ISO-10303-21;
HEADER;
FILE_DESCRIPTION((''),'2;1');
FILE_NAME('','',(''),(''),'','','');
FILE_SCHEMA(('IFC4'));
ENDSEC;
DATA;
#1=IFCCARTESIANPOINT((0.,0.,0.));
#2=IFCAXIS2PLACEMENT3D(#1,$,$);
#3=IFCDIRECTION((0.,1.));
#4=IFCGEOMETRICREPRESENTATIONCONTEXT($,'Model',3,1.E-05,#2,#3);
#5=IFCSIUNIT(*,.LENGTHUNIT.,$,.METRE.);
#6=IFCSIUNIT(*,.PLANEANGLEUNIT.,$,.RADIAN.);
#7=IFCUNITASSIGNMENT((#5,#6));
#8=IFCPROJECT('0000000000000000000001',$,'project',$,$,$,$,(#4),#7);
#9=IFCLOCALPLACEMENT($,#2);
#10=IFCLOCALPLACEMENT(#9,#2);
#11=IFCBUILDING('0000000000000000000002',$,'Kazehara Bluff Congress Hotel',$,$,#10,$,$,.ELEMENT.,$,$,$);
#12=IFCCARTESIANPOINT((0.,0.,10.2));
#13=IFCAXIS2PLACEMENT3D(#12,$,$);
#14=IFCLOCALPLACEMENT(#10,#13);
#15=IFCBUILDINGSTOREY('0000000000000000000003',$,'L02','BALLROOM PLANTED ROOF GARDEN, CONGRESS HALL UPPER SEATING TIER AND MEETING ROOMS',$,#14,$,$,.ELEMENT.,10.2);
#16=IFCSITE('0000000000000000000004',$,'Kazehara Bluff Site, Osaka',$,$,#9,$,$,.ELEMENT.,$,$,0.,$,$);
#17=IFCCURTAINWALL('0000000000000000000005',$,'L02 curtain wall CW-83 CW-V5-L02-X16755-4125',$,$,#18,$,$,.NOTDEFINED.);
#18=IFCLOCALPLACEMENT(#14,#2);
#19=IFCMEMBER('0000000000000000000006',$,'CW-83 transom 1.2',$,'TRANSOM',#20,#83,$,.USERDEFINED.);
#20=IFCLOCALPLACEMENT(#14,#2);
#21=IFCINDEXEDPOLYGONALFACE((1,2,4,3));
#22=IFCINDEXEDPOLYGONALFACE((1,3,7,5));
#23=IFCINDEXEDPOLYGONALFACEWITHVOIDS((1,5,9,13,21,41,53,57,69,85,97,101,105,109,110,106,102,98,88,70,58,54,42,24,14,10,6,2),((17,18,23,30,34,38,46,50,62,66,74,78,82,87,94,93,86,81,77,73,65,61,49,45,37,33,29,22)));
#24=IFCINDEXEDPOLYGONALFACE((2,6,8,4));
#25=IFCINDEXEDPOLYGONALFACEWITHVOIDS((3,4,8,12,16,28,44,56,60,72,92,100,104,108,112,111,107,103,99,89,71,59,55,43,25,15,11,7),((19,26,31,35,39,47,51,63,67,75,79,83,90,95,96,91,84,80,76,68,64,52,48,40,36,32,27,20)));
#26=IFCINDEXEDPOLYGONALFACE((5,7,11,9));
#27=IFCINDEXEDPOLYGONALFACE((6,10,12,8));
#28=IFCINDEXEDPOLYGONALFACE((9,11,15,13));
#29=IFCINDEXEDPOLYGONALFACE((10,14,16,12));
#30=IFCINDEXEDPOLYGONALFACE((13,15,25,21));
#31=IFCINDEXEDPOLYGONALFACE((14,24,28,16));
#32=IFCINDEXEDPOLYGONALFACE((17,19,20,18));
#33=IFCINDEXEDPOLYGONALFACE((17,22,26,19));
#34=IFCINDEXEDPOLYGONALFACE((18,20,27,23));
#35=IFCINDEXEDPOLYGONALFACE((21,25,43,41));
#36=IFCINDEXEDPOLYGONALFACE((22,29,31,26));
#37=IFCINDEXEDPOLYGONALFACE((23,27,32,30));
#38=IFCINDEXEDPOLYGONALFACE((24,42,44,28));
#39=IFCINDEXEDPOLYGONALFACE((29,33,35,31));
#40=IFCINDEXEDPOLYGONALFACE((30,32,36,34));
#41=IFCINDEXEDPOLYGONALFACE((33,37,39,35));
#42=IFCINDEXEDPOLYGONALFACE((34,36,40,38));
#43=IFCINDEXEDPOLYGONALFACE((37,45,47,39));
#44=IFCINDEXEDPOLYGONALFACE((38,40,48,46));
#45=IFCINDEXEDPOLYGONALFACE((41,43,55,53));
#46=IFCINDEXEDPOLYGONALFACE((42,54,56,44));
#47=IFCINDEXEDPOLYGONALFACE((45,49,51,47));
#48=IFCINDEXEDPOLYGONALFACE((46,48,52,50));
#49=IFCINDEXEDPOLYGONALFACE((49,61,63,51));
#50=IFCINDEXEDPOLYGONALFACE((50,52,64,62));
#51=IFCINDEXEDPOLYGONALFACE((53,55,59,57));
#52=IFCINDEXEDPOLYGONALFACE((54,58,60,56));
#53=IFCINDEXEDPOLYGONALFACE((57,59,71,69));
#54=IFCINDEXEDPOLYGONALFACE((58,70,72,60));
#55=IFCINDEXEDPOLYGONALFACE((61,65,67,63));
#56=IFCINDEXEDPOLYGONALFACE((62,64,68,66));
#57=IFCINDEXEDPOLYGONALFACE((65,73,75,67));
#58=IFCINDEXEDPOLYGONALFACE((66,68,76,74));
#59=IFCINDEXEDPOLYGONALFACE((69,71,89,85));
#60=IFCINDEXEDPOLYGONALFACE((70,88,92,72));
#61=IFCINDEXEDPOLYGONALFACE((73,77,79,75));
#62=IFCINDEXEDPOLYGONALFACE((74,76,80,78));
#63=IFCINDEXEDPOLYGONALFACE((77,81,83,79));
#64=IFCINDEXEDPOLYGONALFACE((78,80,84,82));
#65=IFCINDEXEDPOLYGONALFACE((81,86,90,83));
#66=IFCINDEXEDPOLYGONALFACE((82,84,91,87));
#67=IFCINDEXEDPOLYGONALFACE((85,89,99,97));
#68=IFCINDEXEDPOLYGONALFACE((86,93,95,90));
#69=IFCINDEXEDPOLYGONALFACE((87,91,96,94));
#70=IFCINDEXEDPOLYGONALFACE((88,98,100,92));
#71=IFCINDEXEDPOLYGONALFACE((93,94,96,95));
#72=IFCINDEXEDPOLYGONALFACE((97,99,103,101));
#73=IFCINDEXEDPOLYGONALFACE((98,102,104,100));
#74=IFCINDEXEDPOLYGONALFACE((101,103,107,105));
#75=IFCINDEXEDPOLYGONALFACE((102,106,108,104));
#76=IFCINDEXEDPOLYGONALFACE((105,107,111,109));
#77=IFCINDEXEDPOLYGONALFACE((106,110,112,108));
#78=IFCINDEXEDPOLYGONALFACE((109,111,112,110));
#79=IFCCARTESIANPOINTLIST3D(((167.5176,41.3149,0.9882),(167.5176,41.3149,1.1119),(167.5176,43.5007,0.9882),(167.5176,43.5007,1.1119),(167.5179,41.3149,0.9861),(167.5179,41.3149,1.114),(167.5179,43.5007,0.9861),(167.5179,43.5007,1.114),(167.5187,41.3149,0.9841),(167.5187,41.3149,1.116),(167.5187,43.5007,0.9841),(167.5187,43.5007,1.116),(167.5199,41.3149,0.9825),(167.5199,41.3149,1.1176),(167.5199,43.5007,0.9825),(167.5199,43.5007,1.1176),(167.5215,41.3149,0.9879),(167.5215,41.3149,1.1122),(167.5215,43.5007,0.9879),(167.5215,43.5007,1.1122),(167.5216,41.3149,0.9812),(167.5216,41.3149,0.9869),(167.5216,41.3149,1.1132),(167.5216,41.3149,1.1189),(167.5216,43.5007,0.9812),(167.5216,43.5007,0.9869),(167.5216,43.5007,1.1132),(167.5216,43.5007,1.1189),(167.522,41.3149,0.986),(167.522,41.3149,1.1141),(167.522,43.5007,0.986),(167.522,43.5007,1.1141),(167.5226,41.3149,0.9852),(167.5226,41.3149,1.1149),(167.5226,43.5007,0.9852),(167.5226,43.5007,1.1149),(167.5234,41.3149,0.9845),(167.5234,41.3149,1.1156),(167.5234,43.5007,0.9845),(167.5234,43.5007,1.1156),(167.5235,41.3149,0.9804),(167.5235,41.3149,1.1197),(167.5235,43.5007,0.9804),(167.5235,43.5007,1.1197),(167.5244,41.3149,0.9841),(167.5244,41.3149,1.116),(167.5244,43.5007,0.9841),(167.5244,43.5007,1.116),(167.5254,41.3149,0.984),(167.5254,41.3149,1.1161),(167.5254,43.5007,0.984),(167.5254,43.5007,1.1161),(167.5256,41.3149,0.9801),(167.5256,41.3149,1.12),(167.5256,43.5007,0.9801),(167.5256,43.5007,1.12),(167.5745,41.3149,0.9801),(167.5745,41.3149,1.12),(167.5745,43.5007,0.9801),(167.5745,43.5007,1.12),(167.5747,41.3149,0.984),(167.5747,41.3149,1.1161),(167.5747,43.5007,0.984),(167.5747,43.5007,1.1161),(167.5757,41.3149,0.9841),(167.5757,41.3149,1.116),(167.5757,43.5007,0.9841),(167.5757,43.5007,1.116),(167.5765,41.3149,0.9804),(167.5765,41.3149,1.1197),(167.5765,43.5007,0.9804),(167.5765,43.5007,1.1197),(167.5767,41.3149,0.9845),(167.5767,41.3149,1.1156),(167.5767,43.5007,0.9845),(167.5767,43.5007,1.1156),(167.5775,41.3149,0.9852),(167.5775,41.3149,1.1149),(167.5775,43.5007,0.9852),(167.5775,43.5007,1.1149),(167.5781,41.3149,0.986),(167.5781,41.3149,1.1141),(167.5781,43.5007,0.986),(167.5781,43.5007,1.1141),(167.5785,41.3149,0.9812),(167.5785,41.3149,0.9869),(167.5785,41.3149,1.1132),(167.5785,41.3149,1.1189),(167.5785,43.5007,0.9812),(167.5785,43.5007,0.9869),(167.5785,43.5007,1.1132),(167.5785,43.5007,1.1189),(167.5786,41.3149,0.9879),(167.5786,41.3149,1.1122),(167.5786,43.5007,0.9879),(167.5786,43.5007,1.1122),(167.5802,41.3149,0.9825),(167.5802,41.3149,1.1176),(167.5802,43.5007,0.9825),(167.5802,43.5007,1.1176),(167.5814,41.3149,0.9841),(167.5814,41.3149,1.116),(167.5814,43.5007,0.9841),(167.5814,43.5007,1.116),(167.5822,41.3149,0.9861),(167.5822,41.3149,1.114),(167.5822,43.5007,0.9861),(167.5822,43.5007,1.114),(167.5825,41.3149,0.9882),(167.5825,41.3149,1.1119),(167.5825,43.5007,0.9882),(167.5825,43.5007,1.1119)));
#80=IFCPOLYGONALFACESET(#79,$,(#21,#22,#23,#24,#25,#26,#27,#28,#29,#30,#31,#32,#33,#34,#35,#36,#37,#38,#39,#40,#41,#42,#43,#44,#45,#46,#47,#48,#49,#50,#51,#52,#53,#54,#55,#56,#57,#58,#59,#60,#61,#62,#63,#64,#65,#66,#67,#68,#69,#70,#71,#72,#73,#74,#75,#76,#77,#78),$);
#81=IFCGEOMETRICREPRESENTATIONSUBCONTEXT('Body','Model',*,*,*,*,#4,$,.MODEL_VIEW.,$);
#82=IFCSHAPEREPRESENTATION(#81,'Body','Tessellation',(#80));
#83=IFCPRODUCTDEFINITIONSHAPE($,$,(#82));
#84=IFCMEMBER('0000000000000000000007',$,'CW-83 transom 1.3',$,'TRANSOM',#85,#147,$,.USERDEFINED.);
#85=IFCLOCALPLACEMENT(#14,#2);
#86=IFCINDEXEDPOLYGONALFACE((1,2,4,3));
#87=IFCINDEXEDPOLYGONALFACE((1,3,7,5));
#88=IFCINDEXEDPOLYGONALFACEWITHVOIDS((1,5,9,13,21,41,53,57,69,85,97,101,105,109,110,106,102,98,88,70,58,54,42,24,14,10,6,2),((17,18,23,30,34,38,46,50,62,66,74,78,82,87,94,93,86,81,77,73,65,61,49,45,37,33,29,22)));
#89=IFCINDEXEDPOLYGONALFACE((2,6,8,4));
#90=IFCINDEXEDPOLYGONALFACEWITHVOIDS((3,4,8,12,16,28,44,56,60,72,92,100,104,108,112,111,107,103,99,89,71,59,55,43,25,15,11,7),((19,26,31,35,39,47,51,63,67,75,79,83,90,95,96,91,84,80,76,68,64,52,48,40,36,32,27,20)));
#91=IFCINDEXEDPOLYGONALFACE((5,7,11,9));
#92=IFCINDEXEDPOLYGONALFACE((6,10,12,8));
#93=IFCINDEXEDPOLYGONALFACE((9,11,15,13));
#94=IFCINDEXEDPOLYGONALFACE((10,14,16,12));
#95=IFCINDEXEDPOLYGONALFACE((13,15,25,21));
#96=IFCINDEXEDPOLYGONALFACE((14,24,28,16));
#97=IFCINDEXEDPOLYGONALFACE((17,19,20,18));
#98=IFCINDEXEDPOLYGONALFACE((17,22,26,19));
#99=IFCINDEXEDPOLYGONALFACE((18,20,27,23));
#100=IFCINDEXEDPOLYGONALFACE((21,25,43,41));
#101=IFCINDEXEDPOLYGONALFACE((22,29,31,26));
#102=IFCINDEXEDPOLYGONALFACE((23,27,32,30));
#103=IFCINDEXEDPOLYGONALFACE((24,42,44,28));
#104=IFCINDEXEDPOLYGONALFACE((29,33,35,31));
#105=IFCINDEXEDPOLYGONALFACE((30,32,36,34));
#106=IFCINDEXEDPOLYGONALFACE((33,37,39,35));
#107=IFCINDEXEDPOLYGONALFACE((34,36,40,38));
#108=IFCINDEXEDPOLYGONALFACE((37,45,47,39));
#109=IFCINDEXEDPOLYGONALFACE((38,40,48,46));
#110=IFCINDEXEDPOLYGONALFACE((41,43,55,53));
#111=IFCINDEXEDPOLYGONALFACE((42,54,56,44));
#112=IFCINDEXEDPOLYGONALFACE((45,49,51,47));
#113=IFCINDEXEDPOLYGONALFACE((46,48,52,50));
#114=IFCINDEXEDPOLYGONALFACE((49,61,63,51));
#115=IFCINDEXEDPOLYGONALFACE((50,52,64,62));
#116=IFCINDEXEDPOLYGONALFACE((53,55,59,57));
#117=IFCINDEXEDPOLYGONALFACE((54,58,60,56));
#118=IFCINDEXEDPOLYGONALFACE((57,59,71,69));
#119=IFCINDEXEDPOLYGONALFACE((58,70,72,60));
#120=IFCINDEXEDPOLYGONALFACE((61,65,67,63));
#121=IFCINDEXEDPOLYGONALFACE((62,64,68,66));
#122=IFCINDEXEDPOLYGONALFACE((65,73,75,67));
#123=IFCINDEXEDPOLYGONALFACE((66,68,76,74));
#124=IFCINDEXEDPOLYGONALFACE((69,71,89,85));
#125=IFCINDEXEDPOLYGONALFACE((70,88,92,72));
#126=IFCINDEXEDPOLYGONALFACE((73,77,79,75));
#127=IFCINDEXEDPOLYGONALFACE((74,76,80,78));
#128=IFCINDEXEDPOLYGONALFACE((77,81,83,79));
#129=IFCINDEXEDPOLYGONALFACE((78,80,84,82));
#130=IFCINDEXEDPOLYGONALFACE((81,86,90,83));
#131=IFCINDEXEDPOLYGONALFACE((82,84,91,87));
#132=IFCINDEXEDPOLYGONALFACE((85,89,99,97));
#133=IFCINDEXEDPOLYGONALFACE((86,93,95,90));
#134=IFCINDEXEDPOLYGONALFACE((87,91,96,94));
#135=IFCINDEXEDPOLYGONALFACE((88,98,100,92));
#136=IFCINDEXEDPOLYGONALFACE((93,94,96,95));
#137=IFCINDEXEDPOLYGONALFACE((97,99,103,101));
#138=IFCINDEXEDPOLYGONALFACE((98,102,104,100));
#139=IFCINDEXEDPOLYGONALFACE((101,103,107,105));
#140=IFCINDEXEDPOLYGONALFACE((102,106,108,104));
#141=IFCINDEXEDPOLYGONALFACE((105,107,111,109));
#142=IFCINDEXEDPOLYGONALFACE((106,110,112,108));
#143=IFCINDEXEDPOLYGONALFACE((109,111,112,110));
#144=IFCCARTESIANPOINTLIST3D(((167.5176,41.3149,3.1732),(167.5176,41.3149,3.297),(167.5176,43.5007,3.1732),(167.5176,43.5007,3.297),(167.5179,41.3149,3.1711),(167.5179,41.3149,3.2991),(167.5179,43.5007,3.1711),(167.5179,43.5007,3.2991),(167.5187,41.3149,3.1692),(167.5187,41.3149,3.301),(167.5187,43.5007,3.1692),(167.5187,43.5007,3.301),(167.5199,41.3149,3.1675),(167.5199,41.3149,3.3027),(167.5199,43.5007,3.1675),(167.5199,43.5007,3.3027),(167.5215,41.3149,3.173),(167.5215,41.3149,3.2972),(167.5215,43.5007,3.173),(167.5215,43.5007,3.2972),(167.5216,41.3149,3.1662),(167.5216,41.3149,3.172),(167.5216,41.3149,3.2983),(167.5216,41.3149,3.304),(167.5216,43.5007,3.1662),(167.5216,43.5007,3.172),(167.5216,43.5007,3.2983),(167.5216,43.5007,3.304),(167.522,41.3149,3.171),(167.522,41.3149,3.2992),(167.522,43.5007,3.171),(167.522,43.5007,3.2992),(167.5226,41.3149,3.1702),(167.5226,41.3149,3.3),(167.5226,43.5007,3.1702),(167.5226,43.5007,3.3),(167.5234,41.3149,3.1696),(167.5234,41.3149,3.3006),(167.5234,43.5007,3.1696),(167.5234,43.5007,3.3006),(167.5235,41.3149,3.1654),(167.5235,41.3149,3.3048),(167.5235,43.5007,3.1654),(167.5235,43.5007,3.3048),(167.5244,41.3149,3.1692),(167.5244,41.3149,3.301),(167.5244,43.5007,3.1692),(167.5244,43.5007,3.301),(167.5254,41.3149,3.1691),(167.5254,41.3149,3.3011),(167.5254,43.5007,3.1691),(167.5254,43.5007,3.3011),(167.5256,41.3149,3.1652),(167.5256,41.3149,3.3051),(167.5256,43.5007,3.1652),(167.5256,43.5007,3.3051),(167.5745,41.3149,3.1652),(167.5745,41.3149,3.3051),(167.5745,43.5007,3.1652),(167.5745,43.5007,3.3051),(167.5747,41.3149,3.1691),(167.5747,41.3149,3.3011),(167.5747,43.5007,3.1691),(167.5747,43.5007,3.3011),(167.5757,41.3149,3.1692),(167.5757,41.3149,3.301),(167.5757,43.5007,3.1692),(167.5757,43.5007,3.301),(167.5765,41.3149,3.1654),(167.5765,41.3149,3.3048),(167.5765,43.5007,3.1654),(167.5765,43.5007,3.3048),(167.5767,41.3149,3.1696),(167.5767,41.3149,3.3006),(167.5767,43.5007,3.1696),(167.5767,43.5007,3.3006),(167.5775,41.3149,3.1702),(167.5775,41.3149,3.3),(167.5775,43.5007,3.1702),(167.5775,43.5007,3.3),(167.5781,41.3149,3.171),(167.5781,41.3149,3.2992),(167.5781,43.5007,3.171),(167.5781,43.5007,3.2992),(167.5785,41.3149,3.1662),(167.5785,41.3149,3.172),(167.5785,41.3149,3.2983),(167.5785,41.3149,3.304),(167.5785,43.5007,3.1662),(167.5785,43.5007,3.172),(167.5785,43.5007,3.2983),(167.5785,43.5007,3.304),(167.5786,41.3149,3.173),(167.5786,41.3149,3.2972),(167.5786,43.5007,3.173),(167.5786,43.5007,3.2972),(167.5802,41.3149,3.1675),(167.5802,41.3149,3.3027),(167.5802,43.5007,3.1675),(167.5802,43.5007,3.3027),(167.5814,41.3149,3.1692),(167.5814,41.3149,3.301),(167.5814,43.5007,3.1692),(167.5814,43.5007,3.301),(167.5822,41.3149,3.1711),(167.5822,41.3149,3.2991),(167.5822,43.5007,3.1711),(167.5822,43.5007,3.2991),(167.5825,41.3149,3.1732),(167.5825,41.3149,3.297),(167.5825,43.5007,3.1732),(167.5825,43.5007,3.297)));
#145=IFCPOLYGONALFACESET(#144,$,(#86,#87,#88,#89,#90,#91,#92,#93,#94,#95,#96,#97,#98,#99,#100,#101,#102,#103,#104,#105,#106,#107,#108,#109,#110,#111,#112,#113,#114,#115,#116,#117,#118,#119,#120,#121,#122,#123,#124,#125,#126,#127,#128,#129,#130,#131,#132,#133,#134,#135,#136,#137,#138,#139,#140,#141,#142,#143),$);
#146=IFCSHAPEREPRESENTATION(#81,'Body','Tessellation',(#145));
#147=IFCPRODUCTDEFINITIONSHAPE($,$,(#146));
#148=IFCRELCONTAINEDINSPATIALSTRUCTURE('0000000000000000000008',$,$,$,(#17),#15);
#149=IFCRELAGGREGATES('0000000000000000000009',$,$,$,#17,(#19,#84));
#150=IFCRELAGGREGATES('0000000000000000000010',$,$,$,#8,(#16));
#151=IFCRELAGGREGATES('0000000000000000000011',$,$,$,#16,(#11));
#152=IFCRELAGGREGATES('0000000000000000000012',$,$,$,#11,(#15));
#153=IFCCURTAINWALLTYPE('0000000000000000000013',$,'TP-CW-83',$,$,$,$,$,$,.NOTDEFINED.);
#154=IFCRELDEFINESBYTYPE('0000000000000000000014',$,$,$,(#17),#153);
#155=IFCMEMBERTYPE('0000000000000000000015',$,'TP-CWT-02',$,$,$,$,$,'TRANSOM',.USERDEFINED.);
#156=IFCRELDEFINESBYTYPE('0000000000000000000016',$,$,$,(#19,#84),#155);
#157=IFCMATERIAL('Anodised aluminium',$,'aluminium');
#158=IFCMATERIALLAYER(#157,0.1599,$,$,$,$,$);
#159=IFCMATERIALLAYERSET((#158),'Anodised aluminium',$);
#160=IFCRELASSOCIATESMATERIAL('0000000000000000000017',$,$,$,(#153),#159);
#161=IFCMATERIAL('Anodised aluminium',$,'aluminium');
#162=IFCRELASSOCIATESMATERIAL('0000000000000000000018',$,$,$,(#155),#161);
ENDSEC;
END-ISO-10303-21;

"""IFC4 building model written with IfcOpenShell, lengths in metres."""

from ifc_helpers import new_model, si_unit, direction, frame, origin, origin_2d, place, context, subcontext, project, spatial, hollow_rectangle, extrude, material, layer, layer_set, material_profile, profile_set, type_object, element, aggregate, save


model = new_model("IFC4")

# Units and contexts
model_context = context("Model", 3, precision=1e-05, world=origin(), true_north=direction((0.0, 1.0)))
body_context = subcontext(model_context, "Body", "Model", "MODEL_VIEW")
ifc_project = project(units=[si_unit("LENGTHUNIT", "METRE"), si_unit("PLANEANGLEUNIT", "RADIAN")], contexts=[model_context])

# Site, building, storey
site_placement = place(None, origin())
site = spatial("IfcSite", under=ifc_project, at=site_placement, Name="Kazehara Bluff Site, Osaka", CompositionType="ELEMENT", RefElevation=0.0)
building_placement = place(site_placement, origin())
building = spatial("IfcBuilding", under=site, at=building_placement, Name="Kazehara Bluff Congress Hotel", CompositionType="ELEMENT")
storey_placement = place(building_placement, frame((0.0, 0.0, 10.2)))
storey = spatial("IfcBuildingStorey", under=building, at=storey_placement, Name="L02", Description="BALLROOM PLANTED ROOF GARDEN, CONGRESS HALL UPPER SEATING TIER AND MEETING ROOMS", CompositionType="ELEMENT", Elevation=10.2)

# Curtain wall
ifc_material_1 = material(Name="Anodised aluminium", Category="aluminium")
ifc_layer_1 = layer(ifc_material_1, 0.1599)
ifc_layer_set_1 = layer_set([ifc_layer_1], Name="Anodised aluminium")
curtain_wall_type_1 = type_object("IfcCurtainWallType", Name="TP-CW-83", PredefinedType="NOTDEFINED", material=ifc_layer_set_1)
curtain_wall_1_placement = place(storey_placement, origin())
curtain_wall_1 = element("IfcCurtainWall", 1, at=curtain_wall_1_placement, inside=storey, type_object=curtain_wall_type_1, Name="L02 curtain wall CW-83 CW-V5-L02-X16755-4125", PredefinedType="NOTDEFINED")

# Members
ifc_material_2 = material(Name="Anodised aluminium", Category="aluminium")
ifc_material_profile_1 = material_profile(ifc_material_2, hollow_rectangle(XDim=0.0649, YDim=0.1399, WallThickness=0.0039, InnerFilletRadius=0.0039, OuterFilletRadius=0.0081, at=origin_2d()))
ifc_profile_set_1 = profile_set([ifc_material_profile_1], Name="Anodised aluminium")
member_type_1 = type_object("IfcMemberType", Name="TP-CWT-02", ElementType="TRANSOM", PredefinedType="USERDEFINED", material=ifc_profile_set_1)
member_1_placement = place(storey_placement, frame((167.55, 41.3149, 1.05), z_axis=(0.0, 1.0, 0.0), x_axis=(-1.0, 0.0, 0.0)))
member_1 = element("IfcMember", 2, at=member_1_placement, type_object=member_type_1, Name="CW-83 transom 1.2", ObjectType="TRANSOM", PredefinedType="USERDEFINED", context=body_context, shape_type="SweptSolid", body=[
    extrude(hollow_rectangle(XDim=0.0649, YDim=0.1399, WallThickness=0.0039, InnerFilletRadius=0.0039, OuterFilletRadius=0.0081, at=origin_2d()), origin(), (0.0, 0.0, 1.0), 2.1858),
])
member_2_placement = place(storey_placement, frame((167.55, 41.3149, 3.2351), z_axis=(0.0, 1.0, 0.0), x_axis=(-1.0, 0.0, 0.0)))
member_2 = element("IfcMember", 3, at=member_2_placement, type_object=member_type_1, Name="CW-83 transom 1.3", ObjectType="TRANSOM", PredefinedType="USERDEFINED", context=body_context, shape_type="SweptSolid", body=[
    extrude(hollow_rectangle(XDim=0.0649, YDim=0.1399, WallThickness=0.0039, InnerFilletRadius=0.0039, OuterFilletRadius=0.0081, at=origin_2d()), origin(), (0.0, 0.0, 1.0), 2.1858),
])

aggregate(curtain_wall_1, [member_1, member_2])

save(model, "model.ifc")
